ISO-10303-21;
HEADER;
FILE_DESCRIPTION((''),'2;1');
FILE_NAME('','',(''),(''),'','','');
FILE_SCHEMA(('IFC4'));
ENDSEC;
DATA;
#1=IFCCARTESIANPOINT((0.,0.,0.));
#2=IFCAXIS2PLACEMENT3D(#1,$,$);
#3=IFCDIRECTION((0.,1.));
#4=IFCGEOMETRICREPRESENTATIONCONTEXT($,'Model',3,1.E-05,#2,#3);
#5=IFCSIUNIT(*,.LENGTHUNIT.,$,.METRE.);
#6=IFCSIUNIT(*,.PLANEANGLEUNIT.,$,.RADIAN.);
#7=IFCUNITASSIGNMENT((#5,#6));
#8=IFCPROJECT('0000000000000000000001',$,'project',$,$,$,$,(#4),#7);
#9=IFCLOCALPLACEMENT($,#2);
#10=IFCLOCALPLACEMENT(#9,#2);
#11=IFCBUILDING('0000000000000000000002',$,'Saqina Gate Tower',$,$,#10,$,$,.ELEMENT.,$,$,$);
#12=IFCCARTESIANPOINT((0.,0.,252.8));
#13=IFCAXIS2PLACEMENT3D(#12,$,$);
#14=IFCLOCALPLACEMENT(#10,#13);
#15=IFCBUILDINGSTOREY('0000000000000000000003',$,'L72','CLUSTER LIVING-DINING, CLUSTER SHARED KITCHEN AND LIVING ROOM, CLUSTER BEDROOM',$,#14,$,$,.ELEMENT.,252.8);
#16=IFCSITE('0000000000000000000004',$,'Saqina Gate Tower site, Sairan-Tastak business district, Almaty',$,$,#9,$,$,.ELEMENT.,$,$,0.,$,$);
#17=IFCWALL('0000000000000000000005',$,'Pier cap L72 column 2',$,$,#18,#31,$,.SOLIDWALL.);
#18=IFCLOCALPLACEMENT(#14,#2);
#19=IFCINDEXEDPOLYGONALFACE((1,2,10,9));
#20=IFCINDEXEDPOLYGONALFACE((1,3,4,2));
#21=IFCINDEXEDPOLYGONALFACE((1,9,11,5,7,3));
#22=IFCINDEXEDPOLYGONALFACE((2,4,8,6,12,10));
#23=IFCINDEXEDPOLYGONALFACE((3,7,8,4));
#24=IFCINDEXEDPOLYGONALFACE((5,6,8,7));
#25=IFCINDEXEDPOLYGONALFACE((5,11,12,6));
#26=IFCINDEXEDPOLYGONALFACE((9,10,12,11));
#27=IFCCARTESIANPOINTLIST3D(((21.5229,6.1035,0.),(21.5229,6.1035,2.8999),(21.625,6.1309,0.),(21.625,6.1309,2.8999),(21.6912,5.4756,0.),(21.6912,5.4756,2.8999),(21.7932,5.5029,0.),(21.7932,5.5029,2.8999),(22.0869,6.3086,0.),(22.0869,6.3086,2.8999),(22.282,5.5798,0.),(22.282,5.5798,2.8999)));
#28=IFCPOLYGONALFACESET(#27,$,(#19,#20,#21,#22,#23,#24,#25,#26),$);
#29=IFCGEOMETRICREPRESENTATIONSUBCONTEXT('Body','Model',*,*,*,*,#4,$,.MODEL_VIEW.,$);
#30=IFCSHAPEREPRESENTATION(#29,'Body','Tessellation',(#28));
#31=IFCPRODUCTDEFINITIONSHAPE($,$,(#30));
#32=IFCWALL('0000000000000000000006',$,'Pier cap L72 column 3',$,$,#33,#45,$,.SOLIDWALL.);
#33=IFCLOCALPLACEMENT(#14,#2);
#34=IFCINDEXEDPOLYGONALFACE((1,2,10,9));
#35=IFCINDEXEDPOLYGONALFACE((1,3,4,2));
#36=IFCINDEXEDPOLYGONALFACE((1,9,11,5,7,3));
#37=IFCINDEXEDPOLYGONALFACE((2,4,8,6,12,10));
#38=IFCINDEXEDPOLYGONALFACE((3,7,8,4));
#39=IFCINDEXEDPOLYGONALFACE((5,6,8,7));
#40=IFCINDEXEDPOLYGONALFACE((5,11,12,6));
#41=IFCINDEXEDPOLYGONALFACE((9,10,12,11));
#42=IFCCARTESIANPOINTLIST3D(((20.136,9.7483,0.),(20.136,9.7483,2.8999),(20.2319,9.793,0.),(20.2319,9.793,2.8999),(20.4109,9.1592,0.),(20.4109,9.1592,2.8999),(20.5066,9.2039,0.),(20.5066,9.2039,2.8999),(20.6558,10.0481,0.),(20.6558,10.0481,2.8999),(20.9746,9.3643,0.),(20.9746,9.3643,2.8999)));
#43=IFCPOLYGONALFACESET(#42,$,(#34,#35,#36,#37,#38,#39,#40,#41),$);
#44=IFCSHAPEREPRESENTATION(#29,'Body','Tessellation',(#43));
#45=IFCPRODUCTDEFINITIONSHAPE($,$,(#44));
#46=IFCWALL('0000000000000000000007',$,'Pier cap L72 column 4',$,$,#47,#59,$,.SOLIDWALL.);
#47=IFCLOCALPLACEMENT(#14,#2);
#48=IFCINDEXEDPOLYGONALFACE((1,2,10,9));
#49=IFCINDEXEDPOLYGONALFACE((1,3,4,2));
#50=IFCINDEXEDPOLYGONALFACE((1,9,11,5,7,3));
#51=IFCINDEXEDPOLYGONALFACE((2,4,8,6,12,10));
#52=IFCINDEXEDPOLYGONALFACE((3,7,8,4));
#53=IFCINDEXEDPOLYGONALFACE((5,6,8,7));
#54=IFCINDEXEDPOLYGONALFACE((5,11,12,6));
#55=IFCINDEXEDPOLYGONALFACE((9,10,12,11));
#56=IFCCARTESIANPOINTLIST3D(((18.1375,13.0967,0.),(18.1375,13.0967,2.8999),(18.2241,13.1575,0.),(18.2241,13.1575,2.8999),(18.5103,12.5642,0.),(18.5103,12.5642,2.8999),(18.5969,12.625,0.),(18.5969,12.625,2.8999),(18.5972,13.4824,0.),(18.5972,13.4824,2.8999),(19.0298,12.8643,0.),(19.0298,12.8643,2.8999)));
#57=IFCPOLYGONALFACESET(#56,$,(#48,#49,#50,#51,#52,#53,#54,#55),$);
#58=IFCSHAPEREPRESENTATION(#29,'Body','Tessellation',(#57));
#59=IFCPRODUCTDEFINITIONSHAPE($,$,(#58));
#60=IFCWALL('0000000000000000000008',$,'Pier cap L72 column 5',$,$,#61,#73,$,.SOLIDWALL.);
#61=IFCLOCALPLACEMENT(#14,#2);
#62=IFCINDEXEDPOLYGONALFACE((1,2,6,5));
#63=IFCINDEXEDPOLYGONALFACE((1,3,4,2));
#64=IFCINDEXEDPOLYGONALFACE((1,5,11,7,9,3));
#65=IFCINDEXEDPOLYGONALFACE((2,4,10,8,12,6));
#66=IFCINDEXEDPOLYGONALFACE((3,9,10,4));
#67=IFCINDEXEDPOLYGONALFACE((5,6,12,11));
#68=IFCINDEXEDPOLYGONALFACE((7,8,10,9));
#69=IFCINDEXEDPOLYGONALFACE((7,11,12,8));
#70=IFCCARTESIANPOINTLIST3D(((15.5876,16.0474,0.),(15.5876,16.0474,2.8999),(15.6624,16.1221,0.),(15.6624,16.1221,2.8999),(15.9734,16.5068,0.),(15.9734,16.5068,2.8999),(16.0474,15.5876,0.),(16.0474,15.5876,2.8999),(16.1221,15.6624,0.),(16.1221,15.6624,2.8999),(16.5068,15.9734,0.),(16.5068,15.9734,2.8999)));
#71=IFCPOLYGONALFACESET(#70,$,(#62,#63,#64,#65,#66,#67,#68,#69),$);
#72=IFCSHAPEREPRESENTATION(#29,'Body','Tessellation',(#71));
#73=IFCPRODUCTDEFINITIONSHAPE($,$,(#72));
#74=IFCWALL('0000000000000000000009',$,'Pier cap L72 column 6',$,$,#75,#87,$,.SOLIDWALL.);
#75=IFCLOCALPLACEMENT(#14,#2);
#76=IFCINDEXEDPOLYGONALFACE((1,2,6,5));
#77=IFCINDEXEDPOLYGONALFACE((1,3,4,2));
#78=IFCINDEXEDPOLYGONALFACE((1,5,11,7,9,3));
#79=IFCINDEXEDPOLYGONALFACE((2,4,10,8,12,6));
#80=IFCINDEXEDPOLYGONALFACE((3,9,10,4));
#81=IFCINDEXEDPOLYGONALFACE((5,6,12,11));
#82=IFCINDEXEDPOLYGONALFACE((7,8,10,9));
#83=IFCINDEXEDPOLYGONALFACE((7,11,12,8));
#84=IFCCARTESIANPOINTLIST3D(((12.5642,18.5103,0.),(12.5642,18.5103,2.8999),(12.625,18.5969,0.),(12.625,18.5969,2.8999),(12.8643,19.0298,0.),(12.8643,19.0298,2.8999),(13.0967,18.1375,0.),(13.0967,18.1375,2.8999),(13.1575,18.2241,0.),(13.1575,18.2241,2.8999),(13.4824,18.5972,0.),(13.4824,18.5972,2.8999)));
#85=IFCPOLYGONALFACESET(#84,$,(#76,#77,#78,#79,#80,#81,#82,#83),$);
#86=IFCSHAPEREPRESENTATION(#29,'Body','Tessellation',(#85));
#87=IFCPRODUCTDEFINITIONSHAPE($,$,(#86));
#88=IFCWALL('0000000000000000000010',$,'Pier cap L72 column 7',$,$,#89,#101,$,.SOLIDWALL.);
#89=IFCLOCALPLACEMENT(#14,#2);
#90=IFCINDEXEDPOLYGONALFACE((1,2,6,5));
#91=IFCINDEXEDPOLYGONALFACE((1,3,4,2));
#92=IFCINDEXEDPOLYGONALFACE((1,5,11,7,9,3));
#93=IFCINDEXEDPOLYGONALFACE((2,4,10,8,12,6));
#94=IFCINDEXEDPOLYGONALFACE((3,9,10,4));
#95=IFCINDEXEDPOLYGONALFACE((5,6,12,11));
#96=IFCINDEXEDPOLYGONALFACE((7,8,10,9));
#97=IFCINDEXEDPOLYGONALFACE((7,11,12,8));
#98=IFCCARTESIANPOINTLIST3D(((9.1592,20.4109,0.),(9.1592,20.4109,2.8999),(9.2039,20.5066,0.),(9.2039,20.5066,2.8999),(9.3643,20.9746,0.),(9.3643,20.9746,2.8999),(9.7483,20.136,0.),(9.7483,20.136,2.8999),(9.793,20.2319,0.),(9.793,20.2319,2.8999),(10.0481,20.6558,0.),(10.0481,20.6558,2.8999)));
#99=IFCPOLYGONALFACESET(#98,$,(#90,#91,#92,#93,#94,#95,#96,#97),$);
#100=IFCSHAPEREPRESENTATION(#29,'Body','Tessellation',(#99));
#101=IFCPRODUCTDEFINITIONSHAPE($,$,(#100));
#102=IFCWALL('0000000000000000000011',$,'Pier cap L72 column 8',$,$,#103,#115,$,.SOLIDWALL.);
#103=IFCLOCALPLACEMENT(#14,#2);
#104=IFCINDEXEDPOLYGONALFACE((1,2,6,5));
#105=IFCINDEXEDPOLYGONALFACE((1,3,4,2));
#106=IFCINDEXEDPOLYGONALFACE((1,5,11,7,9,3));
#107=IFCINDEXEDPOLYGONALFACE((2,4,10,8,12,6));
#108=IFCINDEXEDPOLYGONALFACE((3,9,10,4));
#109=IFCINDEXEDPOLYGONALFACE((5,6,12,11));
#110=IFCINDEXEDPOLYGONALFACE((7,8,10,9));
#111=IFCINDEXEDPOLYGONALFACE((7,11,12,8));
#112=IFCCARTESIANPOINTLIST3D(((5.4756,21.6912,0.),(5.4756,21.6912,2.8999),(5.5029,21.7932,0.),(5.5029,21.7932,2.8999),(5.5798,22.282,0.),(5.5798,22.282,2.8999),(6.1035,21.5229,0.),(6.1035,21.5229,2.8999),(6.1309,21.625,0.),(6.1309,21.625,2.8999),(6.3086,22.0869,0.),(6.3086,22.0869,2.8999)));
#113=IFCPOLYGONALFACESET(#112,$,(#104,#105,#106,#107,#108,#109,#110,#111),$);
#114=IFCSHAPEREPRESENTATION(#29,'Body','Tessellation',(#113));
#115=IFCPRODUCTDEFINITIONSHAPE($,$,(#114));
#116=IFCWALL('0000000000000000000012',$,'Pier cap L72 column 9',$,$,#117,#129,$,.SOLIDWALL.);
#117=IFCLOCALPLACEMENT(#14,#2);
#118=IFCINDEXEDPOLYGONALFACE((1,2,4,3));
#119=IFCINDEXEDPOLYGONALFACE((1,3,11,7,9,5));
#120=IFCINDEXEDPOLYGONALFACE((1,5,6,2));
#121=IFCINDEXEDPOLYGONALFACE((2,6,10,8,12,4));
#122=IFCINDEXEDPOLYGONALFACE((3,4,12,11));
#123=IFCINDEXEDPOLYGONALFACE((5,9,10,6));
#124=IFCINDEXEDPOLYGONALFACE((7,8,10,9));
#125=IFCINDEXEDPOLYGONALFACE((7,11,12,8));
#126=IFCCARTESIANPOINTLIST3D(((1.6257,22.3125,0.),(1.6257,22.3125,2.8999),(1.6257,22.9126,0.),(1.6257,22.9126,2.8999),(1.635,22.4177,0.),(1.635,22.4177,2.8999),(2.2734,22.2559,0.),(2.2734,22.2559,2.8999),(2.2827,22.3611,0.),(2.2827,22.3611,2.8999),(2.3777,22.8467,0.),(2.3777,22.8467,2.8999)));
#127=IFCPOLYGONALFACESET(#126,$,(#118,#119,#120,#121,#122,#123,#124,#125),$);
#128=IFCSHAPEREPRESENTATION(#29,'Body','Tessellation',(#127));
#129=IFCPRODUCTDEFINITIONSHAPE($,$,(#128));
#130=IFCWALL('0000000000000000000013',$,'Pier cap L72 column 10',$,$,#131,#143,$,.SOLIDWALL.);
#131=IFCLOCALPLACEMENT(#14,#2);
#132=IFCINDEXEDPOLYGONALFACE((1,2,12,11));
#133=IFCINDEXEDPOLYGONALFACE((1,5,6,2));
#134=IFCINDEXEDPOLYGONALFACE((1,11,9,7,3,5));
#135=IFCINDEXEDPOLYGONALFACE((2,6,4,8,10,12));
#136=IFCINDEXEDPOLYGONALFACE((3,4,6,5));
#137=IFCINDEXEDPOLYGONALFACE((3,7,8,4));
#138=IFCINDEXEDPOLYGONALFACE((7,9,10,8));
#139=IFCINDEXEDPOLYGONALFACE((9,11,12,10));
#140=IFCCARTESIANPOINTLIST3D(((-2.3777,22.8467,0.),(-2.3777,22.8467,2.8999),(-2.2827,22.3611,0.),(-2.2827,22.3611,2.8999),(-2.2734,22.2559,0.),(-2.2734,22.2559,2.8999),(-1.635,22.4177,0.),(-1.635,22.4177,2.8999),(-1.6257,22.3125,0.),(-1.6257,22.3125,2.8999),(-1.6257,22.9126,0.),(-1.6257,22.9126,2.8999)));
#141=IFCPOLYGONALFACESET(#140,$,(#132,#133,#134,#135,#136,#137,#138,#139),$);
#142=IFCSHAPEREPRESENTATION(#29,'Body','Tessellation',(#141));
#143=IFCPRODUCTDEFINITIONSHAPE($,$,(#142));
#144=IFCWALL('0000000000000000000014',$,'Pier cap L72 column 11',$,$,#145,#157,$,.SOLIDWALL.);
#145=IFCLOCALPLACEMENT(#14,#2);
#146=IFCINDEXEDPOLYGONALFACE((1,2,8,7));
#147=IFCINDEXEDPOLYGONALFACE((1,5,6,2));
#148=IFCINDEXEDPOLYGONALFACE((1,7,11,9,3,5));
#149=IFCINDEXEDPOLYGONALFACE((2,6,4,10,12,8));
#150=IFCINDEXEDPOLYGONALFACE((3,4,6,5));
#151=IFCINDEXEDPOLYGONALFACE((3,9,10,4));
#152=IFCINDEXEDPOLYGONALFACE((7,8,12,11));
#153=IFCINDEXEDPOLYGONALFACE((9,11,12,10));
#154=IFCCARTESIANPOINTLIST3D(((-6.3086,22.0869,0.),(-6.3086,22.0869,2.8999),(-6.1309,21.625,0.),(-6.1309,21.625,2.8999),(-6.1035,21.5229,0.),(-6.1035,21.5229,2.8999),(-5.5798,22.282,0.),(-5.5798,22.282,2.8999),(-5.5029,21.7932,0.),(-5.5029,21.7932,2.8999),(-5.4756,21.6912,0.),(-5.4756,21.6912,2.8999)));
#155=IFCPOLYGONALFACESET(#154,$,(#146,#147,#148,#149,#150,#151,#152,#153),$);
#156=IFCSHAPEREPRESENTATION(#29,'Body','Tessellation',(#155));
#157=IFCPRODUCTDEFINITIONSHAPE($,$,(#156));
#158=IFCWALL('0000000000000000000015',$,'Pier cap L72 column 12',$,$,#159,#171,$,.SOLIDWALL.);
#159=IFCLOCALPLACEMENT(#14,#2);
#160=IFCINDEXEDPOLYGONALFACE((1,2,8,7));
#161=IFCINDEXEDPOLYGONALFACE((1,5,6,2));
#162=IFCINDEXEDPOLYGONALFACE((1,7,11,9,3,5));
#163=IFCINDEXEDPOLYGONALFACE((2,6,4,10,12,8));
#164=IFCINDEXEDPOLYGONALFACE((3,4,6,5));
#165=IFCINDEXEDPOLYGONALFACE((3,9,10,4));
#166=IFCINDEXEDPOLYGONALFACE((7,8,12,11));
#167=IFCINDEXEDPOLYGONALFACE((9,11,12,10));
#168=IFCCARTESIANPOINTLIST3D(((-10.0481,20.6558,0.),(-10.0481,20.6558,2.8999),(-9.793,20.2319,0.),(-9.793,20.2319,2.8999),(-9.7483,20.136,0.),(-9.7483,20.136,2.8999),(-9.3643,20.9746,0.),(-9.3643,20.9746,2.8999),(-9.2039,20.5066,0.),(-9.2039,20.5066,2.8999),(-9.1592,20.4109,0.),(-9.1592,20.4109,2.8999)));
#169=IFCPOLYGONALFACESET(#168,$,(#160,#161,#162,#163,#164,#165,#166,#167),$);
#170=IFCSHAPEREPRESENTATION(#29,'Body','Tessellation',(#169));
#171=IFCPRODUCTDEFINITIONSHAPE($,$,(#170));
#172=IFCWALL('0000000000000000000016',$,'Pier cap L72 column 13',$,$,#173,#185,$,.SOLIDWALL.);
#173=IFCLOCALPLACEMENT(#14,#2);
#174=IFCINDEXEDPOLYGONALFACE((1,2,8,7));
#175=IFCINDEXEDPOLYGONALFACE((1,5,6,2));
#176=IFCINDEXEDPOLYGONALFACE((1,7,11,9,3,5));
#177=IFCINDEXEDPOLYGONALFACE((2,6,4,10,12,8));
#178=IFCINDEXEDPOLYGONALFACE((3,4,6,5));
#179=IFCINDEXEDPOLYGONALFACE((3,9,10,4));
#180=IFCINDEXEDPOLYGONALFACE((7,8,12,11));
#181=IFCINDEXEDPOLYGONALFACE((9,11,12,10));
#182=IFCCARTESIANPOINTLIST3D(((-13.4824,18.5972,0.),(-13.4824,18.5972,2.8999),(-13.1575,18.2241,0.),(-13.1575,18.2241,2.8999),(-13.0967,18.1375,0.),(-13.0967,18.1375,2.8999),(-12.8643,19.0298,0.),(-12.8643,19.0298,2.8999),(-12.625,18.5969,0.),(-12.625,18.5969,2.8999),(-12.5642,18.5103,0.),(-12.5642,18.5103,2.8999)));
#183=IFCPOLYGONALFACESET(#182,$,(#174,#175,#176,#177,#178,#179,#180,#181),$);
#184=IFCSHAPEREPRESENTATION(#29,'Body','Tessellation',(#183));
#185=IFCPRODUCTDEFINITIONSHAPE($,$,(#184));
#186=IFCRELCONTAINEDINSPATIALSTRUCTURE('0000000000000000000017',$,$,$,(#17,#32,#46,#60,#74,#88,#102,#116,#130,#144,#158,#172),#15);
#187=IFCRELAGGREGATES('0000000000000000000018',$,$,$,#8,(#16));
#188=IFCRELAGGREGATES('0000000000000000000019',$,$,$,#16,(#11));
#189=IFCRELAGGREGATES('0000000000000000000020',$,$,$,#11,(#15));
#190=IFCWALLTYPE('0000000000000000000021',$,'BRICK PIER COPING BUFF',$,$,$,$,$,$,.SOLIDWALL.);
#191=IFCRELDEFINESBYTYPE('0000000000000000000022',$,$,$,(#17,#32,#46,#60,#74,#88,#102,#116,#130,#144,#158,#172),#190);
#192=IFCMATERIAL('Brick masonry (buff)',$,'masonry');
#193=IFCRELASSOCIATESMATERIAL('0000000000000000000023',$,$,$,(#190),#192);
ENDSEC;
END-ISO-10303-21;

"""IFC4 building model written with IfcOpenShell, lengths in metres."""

from ifc_helpers import new_model, si_unit, direction, frame, origin, place, context, subcontext, project, spatial, polyline, outline, extrude, material, type_object, element, save


model = new_model("IFC4")

# Units and contexts
model_context = context("Model", 3, precision=1e-05, world=origin(), true_north=direction((0.0, 1.0)))
body_context = subcontext(model_context, "Body", "Model", "MODEL_VIEW")
ifc_project = project(units=[si_unit("LENGTHUNIT", "METRE"), si_unit("PLANEANGLEUNIT", "RADIAN")], contexts=[model_context])

# Site, building, storey
site_placement = place(None, origin())
site = spatial("IfcSite", under=ifc_project, at=site_placement, Name="Saqina Gate Tower site, Sairan-Tastak business district, Almaty", CompositionType="ELEMENT", RefElevation=0.0)
building_placement = place(site_placement, origin())
building = spatial("IfcBuilding", under=site, at=building_placement, Name="Saqina Gate Tower", CompositionType="ELEMENT")
storey_placement = place(building_placement, frame((0.0, 0.0, 252.8)))
storey = spatial("IfcBuildingStorey", under=building, at=storey_placement, Name="L72", Description="CLUSTER LIVING-DINING, CLUSTER SHARED KITCHEN AND LIVING ROOM, CLUSTER BEDROOM", CompositionType="ELEMENT", Elevation=252.8)

# Walls
ifc_material_1 = material(Name="Brick masonry (buff)", Category="masonry")
wall_type_1 = type_object("IfcWallType", Name="BRICK PIER COPING BUFF", PredefinedType="SOLIDWALL", material=ifc_material_1)
wall_1_placement = place(storey_placement, origin())
element("IfcWall", 1, at=wall_1_placement, inside=storey, type_object=wall_type_1, Name="Pier cap L72 column 2", PredefinedType="SOLIDWALL", context=body_context, shape_type="SweptSolid", body=[
    extrude(outline(polyline([(22.0869, 6.3086), (21.5229, 6.1035), (21.625, 6.1309), (21.7932, 5.5029), (21.6912, 5.4756), (22.282, 5.5798), (22.0869, 6.3086)])), origin(), (0.0, 0.0, 1.0), 2.8999),
])
wall_2_placement = place(storey_placement, origin())
element("IfcWall", 2, at=wall_2_placement, inside=storey, type_object=wall_type_1, Name="Pier cap L72 column 3", PredefinedType="SOLIDWALL", context=body_context, shape_type="SweptSolid", body=[
    extrude(outline(polyline([(20.9746, 9.3643), (20.6558, 10.0481), (20.136, 9.7483), (20.2319, 9.793), (20.5066, 9.2039), (20.4109, 9.1592), (20.9746, 9.3643)])), origin(), (0.0, 0.0, 1.0), 2.8999),
])
wall_3_placement = place(storey_placement, origin())
element("IfcWall", 3, at=wall_3_placement, inside=storey, type_object=wall_type_1, Name="Pier cap L72 column 4", PredefinedType="SOLIDWALL", context=body_context, shape_type="SweptSolid", body=[
    extrude(outline(polyline([(19.0298, 12.8643), (18.5972, 13.4824), (18.1375, 13.0967), (18.2241, 13.1575), (18.5969, 12.625), (18.5103, 12.5642), (19.0298, 12.8643)])), origin(), (0.0, 0.0, 1.0), 2.8999),
])
wall_4_placement = place(storey_placement, origin())
element("IfcWall", 4, at=wall_4_placement, inside=storey, type_object=wall_type_1, Name="Pier cap L72 column 5", PredefinedType="SOLIDWALL", context=body_context, shape_type="SweptSolid", body=[
    extrude(outline(polyline([(15.9734, 16.5068), (15.5876, 16.0474), (15.6624, 16.1221), (16.1221, 15.6624), (16.0474, 15.5876), (16.5068, 15.9734), (15.9734, 16.5068)])), origin(), (0.0, 0.0, 1.0), 2.8999),
])
wall_5_placement = place(storey_placement, origin())
element("IfcWall", 5, at=wall_5_placement, inside=storey, type_object=wall_type_1, Name="Pier cap L72 column 6", PredefinedType="SOLIDWALL", context=body_context, shape_type="SweptSolid", body=[
    extrude(outline(polyline([(12.8643, 19.0298), (12.5642, 18.5103), (12.625, 18.5969), (13.1575, 18.2241), (13.0967, 18.1375), (13.4824, 18.5972), (12.8643, 19.0298)])), origin(), (0.0, 0.0, 1.0), 2.8999),
])
wall_6_placement = place(storey_placement, origin())
element("IfcWall", 6, at=wall_6_placement, inside=storey, type_object=wall_type_1, Name="Pier cap L72 column 7", PredefinedType="SOLIDWALL", context=body_context, shape_type="SweptSolid", body=[
    extrude(outline(polyline([(10.0481, 20.6558), (9.3643, 20.9746), (9.1592, 20.4109), (9.2039, 20.5066), (9.793, 20.2319), (9.7483, 20.136), (10.0481, 20.6558)])), origin(), (0.0, 0.0, 1.0), 2.8999),
])
wall_7_placement = place(storey_placement, origin())
element("IfcWall", 7, at=wall_7_placement, inside=storey, type_object=wall_type_1, Name="Pier cap L72 column 8", PredefinedType="SOLIDWALL", context=body_context, shape_type="SweptSolid", body=[
    extrude(outline(polyline([(5.5798, 22.282), (5.4756, 21.6912), (5.5029, 21.7932), (6.1309, 21.625), (6.1035, 21.5229), (6.3086, 22.0869), (5.5798, 22.282)])), origin(), (0.0, 0.0, 1.0), 2.8999),
])
wall_8_placement = place(storey_placement, origin())
element("IfcWall", 8, at=wall_8_placement, inside=storey, type_object=wall_type_1, Name="Pier cap L72 column 9", PredefinedType="SOLIDWALL", context=body_context, shape_type="SweptSolid", body=[
    extrude(outline(polyline([(2.3777, 22.8467), (1.6257, 22.9126), (1.6257, 22.3125), (1.635, 22.4177), (2.2827, 22.3611), (2.2734, 22.2559), (2.3777, 22.8467)])), origin(), (0.0, 0.0, 1.0), 2.8999),
])
wall_9_placement = place(storey_placement, origin())
element("IfcWall", 9, at=wall_9_placement, inside=storey, type_object=wall_type_1, Name="Pier cap L72 column 10", PredefinedType="SOLIDWALL", context=body_context, shape_type="SweptSolid", body=[
    extrude(outline(polyline([(-1.6257, 22.9126), (-2.3777, 22.8467), (-2.2734, 22.2559), (-2.2827, 22.3611), (-1.635, 22.4177), (-1.6257, 22.3125), (-1.6257, 22.9126)])), origin(), (0.0, 0.0, 1.0), 2.8999),
])
wall_10_placement = place(storey_placement, origin())
element("IfcWall", 10, at=wall_10_placement, inside=storey, type_object=wall_type_1, Name="Pier cap L72 column 11", PredefinedType="SOLIDWALL", context=body_context, shape_type="SweptSolid", body=[
    extrude(outline(polyline([(-6.3086, 22.0869), (-6.1035, 21.5229), (-6.1309, 21.625), (-5.5029, 21.7932), (-5.4756, 21.6912), (-5.5798, 22.282), (-6.3086, 22.0869)])), origin(), (0.0, 0.0, 1.0), 2.8999),
])
wall_11_placement = place(storey_placement, origin())
element("IfcWall", 11, at=wall_11_placement, inside=storey, type_object=wall_type_1, Name="Pier cap L72 column 12", PredefinedType="SOLIDWALL", context=body_context, shape_type="SweptSolid", body=[
    extrude(outline(polyline([(-9.3643, 20.9746), (-10.0481, 20.6558), (-9.7483, 20.136), (-9.793, 20.2319), (-9.2039, 20.5066), (-9.1592, 20.4109), (-9.3643, 20.9746)])), origin(), (0.0, 0.0, 1.0), 2.8999),
])
wall_12_placement = place(storey_placement, origin())
element("IfcWall", 12, at=wall_12_placement, inside=storey, type_object=wall_type_1, Name="Pier cap L72 column 13", PredefinedType="SOLIDWALL", context=body_context, shape_type="SweptSolid", body=[
    extrude(outline(polyline([(-12.8643, 19.0298), (-13.4824, 18.5972), (-13.0967, 18.1375), (-13.1575, 18.2241), (-12.625, 18.5969), (-12.5642, 18.5103), (-12.8643, 19.0298)])), origin(), (0.0, 0.0, 1.0), 2.8999),
])

save(model, "model.ifc")
